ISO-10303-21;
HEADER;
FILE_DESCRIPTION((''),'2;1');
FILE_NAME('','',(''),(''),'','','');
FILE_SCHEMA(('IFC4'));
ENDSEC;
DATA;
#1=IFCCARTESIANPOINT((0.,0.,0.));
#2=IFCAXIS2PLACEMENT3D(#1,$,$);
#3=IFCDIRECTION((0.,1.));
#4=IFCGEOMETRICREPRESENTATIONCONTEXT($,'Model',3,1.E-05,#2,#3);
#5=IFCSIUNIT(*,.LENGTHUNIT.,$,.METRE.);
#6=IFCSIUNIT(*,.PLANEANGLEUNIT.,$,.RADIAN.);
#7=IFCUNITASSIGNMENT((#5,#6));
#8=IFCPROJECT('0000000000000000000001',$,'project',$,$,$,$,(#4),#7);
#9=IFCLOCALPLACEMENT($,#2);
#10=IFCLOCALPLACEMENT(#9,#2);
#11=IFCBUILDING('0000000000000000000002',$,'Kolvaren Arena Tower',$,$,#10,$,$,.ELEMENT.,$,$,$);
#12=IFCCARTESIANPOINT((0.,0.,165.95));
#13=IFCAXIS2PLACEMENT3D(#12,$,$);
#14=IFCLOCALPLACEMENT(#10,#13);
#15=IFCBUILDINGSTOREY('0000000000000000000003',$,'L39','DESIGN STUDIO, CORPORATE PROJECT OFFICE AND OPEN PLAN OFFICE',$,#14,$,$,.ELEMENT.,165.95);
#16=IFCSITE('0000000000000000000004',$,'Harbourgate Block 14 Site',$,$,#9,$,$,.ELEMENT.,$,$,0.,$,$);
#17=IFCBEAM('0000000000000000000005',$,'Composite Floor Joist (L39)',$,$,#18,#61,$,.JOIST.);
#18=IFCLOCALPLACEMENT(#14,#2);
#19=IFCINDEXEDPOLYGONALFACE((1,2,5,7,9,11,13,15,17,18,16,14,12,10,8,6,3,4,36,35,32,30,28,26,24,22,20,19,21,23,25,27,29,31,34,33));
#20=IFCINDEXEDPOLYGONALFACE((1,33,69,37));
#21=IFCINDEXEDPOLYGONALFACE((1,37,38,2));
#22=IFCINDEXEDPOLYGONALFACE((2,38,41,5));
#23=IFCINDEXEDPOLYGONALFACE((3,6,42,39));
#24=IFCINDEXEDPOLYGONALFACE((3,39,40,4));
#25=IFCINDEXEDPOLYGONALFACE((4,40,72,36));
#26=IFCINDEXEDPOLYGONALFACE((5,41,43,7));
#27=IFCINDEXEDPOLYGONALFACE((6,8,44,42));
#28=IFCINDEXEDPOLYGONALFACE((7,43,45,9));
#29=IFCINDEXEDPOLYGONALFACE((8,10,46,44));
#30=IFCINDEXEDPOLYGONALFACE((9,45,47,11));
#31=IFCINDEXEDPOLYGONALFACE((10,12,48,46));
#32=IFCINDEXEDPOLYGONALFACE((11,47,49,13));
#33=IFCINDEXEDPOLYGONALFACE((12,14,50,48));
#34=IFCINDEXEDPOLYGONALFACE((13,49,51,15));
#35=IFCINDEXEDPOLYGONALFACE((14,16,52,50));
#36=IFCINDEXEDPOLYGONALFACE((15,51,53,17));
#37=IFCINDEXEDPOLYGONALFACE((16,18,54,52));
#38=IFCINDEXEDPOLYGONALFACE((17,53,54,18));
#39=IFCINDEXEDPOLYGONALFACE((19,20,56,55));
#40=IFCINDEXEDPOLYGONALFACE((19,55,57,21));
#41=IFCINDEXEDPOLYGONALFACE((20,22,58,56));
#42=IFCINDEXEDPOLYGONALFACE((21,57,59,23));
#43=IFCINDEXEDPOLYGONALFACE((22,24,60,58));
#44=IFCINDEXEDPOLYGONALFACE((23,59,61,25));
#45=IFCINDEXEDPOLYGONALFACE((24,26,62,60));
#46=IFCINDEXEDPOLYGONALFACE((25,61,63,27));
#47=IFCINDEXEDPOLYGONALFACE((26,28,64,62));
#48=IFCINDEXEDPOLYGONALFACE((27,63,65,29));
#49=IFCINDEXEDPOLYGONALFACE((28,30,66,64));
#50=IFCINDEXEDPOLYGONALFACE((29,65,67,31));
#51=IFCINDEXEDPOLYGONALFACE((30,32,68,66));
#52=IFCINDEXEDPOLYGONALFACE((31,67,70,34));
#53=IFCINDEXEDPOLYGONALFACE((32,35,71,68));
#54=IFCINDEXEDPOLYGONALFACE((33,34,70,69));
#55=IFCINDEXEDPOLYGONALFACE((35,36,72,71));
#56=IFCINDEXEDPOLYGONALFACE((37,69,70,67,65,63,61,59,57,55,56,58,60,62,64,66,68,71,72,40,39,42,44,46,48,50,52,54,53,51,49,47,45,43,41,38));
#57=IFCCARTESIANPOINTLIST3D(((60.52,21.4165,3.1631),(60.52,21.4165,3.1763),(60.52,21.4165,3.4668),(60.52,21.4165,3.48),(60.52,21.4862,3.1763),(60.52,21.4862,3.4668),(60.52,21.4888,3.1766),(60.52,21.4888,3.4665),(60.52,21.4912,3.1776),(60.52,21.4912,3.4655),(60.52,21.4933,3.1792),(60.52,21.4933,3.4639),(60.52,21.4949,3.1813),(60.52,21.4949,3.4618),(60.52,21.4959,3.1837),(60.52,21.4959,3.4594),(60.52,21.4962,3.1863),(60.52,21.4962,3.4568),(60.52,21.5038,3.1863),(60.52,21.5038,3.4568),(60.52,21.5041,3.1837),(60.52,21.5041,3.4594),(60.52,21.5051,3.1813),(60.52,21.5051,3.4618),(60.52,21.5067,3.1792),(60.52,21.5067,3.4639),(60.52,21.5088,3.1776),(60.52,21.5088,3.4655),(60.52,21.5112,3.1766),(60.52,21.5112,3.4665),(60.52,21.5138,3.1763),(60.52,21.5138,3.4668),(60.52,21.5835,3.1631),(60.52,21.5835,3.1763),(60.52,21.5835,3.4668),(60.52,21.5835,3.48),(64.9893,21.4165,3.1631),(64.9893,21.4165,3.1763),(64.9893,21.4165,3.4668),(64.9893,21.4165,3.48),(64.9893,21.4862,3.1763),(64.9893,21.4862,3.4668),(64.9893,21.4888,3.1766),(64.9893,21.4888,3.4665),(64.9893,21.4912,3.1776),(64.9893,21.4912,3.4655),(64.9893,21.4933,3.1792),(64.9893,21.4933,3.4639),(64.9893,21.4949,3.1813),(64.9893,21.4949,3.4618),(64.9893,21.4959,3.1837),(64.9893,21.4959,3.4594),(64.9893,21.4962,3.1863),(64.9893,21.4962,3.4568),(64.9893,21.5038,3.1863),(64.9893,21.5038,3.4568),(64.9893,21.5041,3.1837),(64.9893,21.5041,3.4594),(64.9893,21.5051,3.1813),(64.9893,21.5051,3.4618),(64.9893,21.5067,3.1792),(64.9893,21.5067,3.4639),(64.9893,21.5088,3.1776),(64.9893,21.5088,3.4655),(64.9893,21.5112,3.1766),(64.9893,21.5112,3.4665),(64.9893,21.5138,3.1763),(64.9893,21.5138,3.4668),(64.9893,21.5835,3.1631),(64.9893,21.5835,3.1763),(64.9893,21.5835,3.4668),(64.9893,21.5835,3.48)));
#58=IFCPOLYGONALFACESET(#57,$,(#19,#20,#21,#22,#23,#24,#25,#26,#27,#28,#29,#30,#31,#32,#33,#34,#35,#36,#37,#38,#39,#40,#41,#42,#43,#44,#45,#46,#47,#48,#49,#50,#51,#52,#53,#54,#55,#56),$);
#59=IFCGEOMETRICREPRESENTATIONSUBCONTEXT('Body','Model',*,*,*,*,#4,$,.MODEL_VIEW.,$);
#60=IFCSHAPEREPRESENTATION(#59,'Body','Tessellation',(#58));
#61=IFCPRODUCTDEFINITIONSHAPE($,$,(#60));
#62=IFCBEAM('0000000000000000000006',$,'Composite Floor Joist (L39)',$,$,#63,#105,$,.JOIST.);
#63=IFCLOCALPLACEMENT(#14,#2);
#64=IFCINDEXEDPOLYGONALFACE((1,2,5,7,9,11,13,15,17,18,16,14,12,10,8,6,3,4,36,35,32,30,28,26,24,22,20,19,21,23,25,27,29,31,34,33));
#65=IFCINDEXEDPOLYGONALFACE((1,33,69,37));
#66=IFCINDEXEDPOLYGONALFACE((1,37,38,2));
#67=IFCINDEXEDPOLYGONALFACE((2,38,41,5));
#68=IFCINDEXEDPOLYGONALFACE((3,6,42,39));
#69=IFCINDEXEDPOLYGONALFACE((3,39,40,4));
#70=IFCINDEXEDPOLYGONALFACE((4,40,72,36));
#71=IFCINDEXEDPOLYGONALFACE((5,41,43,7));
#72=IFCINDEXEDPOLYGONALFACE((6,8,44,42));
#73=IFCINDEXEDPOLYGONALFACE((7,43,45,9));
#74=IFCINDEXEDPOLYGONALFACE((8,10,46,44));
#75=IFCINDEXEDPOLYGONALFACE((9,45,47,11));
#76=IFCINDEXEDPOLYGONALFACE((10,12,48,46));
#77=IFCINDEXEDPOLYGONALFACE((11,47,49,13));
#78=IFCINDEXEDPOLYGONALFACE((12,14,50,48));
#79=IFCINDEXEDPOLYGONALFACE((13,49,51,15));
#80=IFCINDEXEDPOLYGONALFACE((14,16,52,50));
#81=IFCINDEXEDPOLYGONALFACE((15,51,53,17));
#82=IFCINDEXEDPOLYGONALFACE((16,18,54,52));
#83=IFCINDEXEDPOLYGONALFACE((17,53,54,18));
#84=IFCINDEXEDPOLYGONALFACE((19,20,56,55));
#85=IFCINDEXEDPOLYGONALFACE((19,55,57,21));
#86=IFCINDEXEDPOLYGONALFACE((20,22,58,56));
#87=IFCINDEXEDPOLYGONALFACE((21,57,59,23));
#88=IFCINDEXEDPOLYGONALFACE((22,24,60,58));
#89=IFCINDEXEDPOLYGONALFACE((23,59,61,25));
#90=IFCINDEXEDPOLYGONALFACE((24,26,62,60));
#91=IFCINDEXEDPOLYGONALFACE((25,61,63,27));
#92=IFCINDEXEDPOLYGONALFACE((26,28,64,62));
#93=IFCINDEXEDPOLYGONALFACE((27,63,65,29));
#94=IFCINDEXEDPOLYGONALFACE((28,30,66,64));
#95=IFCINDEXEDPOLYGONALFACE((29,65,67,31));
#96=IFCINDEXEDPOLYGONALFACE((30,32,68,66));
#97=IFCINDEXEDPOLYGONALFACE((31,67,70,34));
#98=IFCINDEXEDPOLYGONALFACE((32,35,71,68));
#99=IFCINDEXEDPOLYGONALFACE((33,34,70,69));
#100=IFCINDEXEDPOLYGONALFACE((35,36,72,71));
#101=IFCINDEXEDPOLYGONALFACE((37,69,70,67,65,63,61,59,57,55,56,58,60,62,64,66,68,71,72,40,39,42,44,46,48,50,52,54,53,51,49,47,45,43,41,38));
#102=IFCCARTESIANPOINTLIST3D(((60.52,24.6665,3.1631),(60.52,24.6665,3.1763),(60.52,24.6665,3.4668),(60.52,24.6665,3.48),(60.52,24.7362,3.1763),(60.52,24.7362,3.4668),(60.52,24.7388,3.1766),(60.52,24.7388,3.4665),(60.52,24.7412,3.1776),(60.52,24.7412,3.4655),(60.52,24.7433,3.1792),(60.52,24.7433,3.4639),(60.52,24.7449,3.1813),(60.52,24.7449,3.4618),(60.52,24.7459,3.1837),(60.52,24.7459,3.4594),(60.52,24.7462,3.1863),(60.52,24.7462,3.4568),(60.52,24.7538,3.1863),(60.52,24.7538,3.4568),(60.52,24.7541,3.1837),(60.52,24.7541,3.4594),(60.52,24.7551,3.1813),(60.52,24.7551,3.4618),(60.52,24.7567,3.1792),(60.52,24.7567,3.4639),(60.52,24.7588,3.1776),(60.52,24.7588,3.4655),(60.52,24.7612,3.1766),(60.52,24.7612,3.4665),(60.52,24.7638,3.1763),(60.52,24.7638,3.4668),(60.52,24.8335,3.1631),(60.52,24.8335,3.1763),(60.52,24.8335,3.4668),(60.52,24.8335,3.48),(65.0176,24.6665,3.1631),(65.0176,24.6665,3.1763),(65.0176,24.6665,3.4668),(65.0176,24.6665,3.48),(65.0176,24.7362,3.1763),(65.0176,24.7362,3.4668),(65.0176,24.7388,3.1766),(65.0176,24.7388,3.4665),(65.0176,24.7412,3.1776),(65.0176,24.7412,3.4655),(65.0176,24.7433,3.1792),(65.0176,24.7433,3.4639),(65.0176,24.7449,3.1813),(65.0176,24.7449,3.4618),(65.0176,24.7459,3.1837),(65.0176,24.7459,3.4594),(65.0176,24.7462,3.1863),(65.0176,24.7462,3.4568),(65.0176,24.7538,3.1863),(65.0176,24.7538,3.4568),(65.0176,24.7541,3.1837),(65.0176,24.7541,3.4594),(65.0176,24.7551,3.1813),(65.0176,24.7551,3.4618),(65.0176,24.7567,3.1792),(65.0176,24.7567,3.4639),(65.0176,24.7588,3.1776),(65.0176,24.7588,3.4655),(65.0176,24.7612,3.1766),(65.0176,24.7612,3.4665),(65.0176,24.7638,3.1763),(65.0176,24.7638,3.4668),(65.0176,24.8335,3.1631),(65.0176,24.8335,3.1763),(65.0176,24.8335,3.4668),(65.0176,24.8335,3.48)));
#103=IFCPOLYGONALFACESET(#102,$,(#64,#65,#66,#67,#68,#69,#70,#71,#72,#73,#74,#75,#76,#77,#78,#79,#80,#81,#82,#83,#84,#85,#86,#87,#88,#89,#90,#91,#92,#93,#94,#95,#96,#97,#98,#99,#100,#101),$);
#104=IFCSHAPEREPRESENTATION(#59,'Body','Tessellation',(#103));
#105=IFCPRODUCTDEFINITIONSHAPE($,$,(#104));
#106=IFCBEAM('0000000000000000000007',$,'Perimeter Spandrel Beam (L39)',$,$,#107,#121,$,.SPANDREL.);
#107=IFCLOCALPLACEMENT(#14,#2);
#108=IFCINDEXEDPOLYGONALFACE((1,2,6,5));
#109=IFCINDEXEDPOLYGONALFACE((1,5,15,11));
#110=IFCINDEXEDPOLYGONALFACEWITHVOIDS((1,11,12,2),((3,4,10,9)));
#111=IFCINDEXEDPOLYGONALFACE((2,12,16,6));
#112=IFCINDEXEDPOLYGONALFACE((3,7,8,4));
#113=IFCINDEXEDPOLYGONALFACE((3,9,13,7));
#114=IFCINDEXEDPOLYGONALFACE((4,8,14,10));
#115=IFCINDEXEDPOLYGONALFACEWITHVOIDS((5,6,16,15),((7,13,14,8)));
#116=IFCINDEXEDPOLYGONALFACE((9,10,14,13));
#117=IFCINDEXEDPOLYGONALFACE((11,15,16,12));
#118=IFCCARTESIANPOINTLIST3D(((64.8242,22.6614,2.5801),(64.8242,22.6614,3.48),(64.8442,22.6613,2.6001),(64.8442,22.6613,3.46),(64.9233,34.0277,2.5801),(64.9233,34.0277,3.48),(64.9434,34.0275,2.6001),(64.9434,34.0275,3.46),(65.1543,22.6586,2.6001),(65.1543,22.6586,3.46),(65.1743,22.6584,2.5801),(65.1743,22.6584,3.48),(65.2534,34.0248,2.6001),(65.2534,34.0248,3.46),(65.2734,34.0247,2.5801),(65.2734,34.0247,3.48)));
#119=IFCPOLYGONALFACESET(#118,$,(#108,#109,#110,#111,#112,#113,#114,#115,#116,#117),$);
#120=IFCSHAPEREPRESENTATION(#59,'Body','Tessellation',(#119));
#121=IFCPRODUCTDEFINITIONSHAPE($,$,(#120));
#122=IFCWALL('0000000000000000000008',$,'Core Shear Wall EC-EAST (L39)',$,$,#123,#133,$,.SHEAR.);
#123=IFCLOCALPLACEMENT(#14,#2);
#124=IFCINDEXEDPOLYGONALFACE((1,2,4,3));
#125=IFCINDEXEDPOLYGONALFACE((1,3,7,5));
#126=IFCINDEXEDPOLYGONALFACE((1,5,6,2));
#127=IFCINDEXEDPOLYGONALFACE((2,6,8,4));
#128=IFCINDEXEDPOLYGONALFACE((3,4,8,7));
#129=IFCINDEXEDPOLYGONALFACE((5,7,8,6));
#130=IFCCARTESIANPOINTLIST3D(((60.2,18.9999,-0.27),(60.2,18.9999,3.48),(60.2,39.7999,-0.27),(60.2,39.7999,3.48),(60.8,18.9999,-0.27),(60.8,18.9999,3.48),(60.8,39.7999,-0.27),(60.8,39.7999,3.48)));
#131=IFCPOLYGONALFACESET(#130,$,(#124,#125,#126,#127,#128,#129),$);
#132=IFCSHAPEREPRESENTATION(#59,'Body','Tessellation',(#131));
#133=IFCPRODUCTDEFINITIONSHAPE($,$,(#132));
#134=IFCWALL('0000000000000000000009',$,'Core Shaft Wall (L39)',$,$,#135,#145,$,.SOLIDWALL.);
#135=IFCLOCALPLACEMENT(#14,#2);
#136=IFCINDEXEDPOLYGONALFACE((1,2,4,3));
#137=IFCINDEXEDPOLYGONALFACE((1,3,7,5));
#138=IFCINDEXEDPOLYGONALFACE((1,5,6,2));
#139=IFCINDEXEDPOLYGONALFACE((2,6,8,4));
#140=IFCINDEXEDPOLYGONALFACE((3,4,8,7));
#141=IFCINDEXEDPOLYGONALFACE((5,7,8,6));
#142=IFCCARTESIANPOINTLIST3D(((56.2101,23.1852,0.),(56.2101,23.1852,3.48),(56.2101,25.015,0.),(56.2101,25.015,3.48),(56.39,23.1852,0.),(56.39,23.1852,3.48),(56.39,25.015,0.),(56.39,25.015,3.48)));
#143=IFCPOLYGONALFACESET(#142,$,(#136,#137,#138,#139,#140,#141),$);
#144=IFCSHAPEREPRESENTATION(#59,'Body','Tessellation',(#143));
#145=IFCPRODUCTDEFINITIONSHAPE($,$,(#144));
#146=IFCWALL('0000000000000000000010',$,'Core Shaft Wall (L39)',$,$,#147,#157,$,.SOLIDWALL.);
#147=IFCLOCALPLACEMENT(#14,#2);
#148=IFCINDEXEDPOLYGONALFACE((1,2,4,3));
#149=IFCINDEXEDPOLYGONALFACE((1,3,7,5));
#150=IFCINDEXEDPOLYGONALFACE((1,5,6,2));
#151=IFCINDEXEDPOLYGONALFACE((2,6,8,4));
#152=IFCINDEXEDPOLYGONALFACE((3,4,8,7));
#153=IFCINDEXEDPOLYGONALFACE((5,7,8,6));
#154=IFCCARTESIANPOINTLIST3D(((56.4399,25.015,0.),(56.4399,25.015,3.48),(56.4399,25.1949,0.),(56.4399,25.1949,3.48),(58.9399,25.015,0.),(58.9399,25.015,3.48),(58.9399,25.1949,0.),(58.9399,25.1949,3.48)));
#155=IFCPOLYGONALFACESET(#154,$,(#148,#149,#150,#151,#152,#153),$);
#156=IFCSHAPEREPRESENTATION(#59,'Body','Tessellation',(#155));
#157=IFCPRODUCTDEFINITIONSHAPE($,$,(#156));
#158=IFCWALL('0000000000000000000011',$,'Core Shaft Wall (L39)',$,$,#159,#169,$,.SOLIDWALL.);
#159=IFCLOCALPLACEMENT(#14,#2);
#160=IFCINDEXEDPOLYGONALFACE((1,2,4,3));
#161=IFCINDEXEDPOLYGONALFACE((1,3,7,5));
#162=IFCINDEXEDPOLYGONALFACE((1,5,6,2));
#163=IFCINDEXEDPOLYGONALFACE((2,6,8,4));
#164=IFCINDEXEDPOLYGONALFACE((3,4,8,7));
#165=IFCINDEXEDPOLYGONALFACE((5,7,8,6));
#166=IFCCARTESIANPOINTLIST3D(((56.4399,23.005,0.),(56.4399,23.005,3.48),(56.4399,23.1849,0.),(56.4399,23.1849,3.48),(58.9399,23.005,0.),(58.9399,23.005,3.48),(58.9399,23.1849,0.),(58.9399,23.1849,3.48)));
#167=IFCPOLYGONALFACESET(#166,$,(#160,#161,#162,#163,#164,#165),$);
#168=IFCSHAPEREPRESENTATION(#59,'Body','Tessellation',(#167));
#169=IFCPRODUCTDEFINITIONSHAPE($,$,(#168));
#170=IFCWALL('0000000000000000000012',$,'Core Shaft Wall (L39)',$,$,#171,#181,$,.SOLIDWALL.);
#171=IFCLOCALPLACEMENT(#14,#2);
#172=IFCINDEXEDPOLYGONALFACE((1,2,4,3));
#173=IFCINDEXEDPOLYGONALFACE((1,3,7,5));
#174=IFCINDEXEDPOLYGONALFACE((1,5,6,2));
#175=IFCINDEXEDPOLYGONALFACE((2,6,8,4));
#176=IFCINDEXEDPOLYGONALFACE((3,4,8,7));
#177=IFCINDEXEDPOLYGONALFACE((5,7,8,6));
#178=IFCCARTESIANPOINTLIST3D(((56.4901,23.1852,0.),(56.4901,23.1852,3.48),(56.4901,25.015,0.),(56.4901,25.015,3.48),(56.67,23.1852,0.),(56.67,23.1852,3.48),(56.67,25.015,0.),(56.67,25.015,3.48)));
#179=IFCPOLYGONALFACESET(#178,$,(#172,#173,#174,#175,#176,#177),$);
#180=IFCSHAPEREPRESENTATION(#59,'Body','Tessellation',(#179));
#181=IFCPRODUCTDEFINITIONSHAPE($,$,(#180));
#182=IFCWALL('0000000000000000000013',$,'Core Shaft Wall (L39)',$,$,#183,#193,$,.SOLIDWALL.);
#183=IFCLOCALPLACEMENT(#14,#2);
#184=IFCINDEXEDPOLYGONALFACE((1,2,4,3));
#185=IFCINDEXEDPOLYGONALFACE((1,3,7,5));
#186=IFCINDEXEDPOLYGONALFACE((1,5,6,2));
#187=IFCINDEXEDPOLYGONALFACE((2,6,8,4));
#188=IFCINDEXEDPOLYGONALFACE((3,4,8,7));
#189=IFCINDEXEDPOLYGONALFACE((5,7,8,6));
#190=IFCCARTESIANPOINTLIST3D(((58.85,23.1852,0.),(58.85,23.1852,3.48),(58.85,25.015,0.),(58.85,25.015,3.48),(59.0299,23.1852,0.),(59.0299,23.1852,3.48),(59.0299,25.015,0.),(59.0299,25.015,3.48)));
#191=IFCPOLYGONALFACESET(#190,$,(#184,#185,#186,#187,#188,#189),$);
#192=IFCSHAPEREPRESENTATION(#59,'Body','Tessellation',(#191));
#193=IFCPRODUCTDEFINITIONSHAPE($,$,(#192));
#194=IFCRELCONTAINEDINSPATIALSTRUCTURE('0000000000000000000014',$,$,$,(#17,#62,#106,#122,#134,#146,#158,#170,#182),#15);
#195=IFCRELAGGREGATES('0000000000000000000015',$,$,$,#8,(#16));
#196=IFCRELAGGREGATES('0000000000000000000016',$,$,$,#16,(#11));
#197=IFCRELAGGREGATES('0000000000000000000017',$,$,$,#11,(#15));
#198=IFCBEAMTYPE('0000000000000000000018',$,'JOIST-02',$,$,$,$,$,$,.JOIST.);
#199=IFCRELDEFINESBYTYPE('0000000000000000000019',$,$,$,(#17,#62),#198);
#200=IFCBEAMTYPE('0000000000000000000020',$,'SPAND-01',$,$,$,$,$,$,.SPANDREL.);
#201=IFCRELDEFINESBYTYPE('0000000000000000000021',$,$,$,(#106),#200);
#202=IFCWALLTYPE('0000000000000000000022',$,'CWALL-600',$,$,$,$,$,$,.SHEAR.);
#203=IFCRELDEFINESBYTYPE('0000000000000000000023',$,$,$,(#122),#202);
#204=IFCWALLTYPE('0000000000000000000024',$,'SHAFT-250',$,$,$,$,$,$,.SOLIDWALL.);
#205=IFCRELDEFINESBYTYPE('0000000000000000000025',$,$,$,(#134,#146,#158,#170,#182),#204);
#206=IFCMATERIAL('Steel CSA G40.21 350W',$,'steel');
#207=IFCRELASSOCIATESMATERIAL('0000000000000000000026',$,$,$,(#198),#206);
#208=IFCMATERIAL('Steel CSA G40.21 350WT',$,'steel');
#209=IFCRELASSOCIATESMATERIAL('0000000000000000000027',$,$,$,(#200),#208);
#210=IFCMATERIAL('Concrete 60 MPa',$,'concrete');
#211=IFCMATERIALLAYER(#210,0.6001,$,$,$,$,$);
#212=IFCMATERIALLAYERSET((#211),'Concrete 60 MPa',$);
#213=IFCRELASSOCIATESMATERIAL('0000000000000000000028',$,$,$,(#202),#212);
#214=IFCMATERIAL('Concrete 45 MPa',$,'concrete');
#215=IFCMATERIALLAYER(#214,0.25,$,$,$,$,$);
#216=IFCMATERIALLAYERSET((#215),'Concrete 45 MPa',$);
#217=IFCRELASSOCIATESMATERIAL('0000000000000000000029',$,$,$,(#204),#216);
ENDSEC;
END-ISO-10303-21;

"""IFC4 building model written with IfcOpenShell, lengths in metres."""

from ifc_helpers import new_model, si_unit, direction, frame, frame_2d, origin, origin_2d, place, context, subcontext, project, spatial, rectangle, hollow_rectangle, i_section, extrude, material, layer, layer_set, material_profile, profile_set, type_object, element, save


model = new_model("IFC4")

# Units and contexts
model_context = context("Model", 3, precision=1e-05, world=origin(), true_north=direction((0.0, 1.0)))
body_context = subcontext(model_context, "Body", "Model", "MODEL_VIEW")
ifc_project = project(units=[si_unit("LENGTHUNIT", "METRE"), si_unit("PLANEANGLEUNIT", "RADIAN")], contexts=[model_context])

# Site, building, storey
site_placement = place(None, origin())
site = spatial("IfcSite", under=ifc_project, at=site_placement, Name="Harbourgate Block 14 Site", CompositionType="ELEMENT", RefElevation=0.0)
building_placement = place(site_placement, origin())
building = spatial("IfcBuilding", under=site, at=building_placement, Name="Kolvaren Arena Tower", CompositionType="ELEMENT")
storey_placement = place(building_placement, frame((0.0, 0.0, 165.95)))
storey = spatial("IfcBuildingStorey", under=building, at=storey_placement, Name="L39", Description="DESIGN STUDIO, CORPORATE PROJECT OFFICE AND OPEN PLAN OFFICE", CompositionType="ELEMENT", Elevation=165.95)

# Beams
ifc_material_1 = material(Name="Steel CSA G40.21 350W", Category="steel")
ifc_material_profile_1 = material_profile(ifc_material_1, i_section(OverallWidth=0.167, OverallDepth=0.3169, WebThickness=0.0076, FlangeThickness=0.0132, FilletRadius=0.01, at=origin_2d()), Name="W310x52")
ifc_profile_set_1 = profile_set([ifc_material_profile_1], Name="Steel CSA G40.21 350W")
beam_type_1 = type_object("IfcBeamType", Name="JOIST-02", PredefinedType="JOIST", material=ifc_profile_set_1)
beam_1_placement = place(storey_placement, frame((60.52, 21.5, 3.3215), z_axis=(1.0, 0.0, 0.0), x_axis=(0.0, 1.0, 0.0)))
element("IfcBeam", 1, at=beam_1_placement, inside=storey, type_object=beam_type_1, Name="Composite Floor Joist (L39)", PredefinedType="JOIST", context=body_context, shape_type="SweptSolid", body=[
    extrude(i_section(OverallWidth=0.167, OverallDepth=0.3169, WebThickness=0.0076, FlangeThickness=0.0132, FilletRadius=0.01, at=origin_2d()), origin(), (0.0, 0.0, 1.0), 4.4692),
])
beam_2_placement = place(storey_placement, frame((60.52, 24.75, 3.3215), z_axis=(1.0, 0.0, 0.0), x_axis=(0.0, 1.0, 0.0)))
element("IfcBeam", 2, at=beam_2_placement, inside=storey, type_object=beam_type_1, Name="Composite Floor Joist (L39)", PredefinedType="JOIST", context=body_context, shape_type="SweptSolid", body=[
    extrude(i_section(OverallWidth=0.167, OverallDepth=0.3169, WebThickness=0.0076, FlangeThickness=0.0132, FilletRadius=0.01, at=origin_2d()), origin(), (0.0, 0.0, 1.0), 4.4976),
])
ifc_material_2 = material(Name="Steel CSA G40.21 350WT", Category="steel")
ifc_material_profile_2 = material_profile(ifc_material_2, hollow_rectangle(XDim=0.3501, YDim=0.8999, WallThickness=0.02, at=origin_2d()), Name="HSS 900x350x20")
ifc_profile_set_2 = profile_set([ifc_material_profile_2], Name="Steel CSA G40.21 350WT")
beam_type_2 = type_object("IfcBeamType", Name="SPAND-01", PredefinedType="SPANDREL", material=ifc_profile_set_2)
beam_3_placement = place(storey_placement, frame((64.9993, 22.6599, 3.03), z_axis=(0.00872, 0.999962, 0.0), x_axis=(-0.999962, 0.00872, 0.0)))
element("IfcBeam", 3, at=beam_3_placement, inside=storey, type_object=beam_type_2, Name="Perimeter Spandrel Beam (L39)", PredefinedType="SPANDREL", context=body_context, shape_type="SweptSolid", body=[
    extrude(hollow_rectangle(XDim=0.3501, YDim=0.8999, WallThickness=0.02, at=origin_2d()), origin(), (0.0, 0.0, 1.0), 11.3667),
])

# Walls
ifc_material_3 = material(Name="Concrete 60 MPa", Category="concrete")
ifc_layer_1 = layer(ifc_material_3, 0.6001)
ifc_layer_set_1 = layer_set([ifc_layer_1], Name="Concrete 60 MPa")
wall_type_1 = type_object("IfcWallType", Name="CWALL-600", PredefinedType="SHEAR", material=ifc_layer_set_1)
wall_1_placement = place(storey_placement, frame((60.5, 19.0, -0.27), z_axis=(0.0, 0.0, 1.0), x_axis=(0.0, 1.0, 0.0)))
element("IfcWall", 4, at=wall_1_placement, inside=storey, type_object=wall_type_1, Name="Core Shear Wall EC-EAST (L39)", PredefinedType="SHEAR", context=body_context, shape_type="SweptSolid", body=[
    extrude(rectangle(XDim=20.8, YDim=0.6001, at=frame_2d((10.3999, 0.0))), origin(), (0.0, 0.0, 1.0), 3.75),
])
ifc_material_4 = material(Name="Concrete 45 MPa", Category="concrete")
ifc_layer_2 = layer(ifc_material_4, 0.25)
ifc_layer_set_2 = layer_set([ifc_layer_2], Name="Concrete 45 MPa")
wall_type_2 = type_object("IfcWallType", Name="SHAFT-250", PredefinedType="SOLIDWALL", material=ifc_layer_set_2)
wall_2_placement = place(storey_placement, frame((56.3, 23.1851, 0.0), z_axis=(0.0, 0.0, 1.0), x_axis=(0.0, 1.0, 0.0)))
element("IfcWall", 5, at=wall_2_placement, inside=storey, type_object=wall_type_2, Name="Core Shaft Wall (L39)", PredefinedType="SOLIDWALL", context=body_context, shape_type="SweptSolid", body=[
    extrude(rectangle(XDim=1.8298, YDim=0.1799, at=frame_2d((0.915, 0.0))), origin(), (0.0, 0.0, 1.0), 3.48),
])
for number, where, z_axis, x_axis, name in (
    (6, (56.4399, 25.105, 0.0), (0.0, 0.0, 1.0), (1.0, 0.0, 0.0), "Core Shaft Wall (L39)"),
    (7, (56.4399, 23.095, 0.0), (0.0, 0.0, 1.0), (1.0, 0.0, 0.0), "Core Shaft Wall (L39)"),
):
    element("IfcWall", number, at=place(storey_placement, frame(where, z_axis=z_axis, x_axis=x_axis)), inside=storey, type_object=wall_type_2, Name=name, PredefinedType="SOLIDWALL", context=body_context, shape_type="SweptSolid", body=[
        extrude(rectangle(XDim=2.5, YDim=0.1799, at=frame_2d((1.25, 0.0))), origin(), (0.0, 0.0, 1.0), 3.48),
    ])
for number, where, z_axis, x_axis, name in (
    (8, (56.5801, 23.1851, 0.0), (0.0, 0.0, 1.0), (0.0, 1.0, 0.0), "Core Shaft Wall (L39)"),
    (9, (58.9399, 23.1851, 0.0), (0.0, 0.0, 1.0), (0.0, 1.0, 0.0), "Core Shaft Wall (L39)"),
):
    element("IfcWall", number, at=place(storey_placement, frame(where, z_axis=z_axis, x_axis=x_axis)), inside=storey, type_object=wall_type_2, Name=name, PredefinedType="SOLIDWALL", context=body_context, shape_type="SweptSolid", body=[
        extrude(rectangle(XDim=1.8298, YDim=0.1799, at=frame_2d((0.915, 0.0))), origin(), (0.0, 0.0, 1.0), 3.48),
    ])

save(model, "model.ifc")
